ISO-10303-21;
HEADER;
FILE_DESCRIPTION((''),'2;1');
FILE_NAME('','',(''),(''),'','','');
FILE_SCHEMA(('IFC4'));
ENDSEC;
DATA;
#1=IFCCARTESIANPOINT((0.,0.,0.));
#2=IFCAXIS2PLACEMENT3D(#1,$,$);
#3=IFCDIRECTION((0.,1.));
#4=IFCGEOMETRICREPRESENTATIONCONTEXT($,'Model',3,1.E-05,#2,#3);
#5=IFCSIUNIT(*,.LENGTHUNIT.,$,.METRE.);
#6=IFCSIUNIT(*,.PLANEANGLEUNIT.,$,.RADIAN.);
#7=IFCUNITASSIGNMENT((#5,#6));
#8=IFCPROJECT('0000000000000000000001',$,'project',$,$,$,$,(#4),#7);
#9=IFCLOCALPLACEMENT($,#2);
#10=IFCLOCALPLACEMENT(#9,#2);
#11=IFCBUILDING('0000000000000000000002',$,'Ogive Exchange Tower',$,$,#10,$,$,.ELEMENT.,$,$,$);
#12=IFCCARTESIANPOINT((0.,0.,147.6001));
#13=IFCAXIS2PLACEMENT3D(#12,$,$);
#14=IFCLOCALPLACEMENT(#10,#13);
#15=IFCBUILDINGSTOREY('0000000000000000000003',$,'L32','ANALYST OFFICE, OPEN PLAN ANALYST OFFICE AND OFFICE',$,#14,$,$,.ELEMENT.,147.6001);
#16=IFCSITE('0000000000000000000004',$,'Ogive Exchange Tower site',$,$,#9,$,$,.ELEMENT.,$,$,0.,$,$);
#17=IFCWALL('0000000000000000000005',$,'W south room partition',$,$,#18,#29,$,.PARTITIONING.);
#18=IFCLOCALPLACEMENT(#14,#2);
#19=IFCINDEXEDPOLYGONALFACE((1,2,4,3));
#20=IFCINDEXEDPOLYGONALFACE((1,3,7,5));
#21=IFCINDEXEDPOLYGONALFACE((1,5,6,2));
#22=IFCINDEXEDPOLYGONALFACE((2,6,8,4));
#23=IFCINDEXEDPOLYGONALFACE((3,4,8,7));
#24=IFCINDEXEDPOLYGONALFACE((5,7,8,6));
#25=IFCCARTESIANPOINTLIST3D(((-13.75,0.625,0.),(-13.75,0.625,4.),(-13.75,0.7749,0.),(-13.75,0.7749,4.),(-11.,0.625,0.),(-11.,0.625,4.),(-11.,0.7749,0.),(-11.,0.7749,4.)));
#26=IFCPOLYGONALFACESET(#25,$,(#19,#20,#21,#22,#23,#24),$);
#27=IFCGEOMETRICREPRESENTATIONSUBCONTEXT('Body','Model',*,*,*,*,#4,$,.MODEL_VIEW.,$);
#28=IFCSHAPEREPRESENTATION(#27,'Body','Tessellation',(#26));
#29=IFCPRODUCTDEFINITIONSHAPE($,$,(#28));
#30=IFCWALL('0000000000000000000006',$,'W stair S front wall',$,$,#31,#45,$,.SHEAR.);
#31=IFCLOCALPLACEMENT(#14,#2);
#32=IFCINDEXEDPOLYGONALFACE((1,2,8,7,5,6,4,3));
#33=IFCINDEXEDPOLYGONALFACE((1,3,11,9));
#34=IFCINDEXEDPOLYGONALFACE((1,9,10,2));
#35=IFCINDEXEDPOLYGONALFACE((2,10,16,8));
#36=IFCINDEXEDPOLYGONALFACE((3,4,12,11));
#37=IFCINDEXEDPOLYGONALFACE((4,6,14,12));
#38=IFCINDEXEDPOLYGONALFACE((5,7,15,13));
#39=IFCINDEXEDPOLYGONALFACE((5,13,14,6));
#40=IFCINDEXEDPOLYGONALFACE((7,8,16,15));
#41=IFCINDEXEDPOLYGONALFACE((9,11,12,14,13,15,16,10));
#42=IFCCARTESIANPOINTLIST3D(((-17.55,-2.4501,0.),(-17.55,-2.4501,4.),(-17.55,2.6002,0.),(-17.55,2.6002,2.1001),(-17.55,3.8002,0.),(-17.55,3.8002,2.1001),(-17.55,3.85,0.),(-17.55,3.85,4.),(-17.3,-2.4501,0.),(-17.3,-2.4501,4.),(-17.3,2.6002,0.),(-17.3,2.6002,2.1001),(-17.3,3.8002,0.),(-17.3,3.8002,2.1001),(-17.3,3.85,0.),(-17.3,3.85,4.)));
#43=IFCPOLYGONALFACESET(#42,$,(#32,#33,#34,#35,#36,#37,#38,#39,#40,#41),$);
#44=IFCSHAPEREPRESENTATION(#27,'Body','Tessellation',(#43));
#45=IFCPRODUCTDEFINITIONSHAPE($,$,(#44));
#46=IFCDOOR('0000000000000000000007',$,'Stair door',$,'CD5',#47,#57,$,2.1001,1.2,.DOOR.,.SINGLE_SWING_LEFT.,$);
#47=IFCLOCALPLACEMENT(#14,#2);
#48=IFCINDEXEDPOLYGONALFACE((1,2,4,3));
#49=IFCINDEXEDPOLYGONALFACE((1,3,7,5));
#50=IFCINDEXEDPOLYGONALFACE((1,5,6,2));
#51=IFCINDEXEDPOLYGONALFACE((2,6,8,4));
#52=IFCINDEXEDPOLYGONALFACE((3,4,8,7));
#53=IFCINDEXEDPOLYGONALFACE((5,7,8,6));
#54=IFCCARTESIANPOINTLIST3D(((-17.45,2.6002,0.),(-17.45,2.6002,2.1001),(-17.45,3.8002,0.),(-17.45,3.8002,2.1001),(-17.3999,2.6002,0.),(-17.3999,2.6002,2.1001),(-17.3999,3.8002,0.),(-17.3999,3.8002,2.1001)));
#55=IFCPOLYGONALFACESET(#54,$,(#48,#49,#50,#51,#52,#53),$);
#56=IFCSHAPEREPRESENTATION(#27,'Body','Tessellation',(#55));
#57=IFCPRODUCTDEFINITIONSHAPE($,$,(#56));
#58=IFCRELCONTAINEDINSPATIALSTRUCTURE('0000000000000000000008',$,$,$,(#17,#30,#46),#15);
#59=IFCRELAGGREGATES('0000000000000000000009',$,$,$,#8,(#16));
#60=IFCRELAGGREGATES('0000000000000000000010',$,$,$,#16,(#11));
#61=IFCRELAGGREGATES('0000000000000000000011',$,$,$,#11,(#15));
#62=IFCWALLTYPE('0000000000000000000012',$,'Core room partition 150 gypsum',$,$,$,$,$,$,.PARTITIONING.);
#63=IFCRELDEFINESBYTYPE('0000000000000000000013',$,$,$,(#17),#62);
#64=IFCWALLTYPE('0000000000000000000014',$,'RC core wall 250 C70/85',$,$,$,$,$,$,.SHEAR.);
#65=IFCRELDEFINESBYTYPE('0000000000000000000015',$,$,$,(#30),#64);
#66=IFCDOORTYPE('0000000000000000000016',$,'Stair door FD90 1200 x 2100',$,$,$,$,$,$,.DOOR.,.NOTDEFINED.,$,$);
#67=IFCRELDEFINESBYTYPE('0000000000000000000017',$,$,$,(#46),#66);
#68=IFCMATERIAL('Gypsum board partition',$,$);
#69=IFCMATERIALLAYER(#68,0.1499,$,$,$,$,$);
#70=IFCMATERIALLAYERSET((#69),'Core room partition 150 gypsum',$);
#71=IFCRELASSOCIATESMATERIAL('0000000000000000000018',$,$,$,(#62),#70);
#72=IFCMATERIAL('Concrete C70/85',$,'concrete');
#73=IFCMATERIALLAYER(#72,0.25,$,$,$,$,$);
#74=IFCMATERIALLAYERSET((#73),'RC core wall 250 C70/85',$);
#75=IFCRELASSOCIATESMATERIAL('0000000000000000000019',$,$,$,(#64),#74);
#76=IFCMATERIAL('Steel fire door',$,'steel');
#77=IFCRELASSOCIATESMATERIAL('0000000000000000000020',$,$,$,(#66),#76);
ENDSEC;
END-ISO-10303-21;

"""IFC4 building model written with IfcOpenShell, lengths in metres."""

from ifc_helpers import new_model, si_unit, direction, frame, frame_2d, origin, place, context, subcontext, project, spatial, rectangle, extrude, material, layer, layer_set, type_object, element, fill, save


model = new_model("IFC4")

# Units and contexts
model_context = context("Model", 3, precision=1e-05, world=origin(), true_north=direction((0.0, 1.0)))
body_context = subcontext(model_context, "Body", "Model", "MODEL_VIEW")
ifc_project = project(units=[si_unit("LENGTHUNIT", "METRE"), si_unit("PLANEANGLEUNIT", "RADIAN")], contexts=[model_context])

# Site, building, storey
site_placement = place(None, origin())
site = spatial("IfcSite", under=ifc_project, at=site_placement, Name="Ogive Exchange Tower site", CompositionType="ELEMENT", RefElevation=0.0)
building_placement = place(site_placement, origin())
building = spatial("IfcBuilding", under=site, at=building_placement, Name="Ogive Exchange Tower", CompositionType="ELEMENT")
storey_placement = place(building_placement, frame((0.0, 0.0, 147.6001)))
storey = spatial("IfcBuildingStorey", under=building, at=storey_placement, Name="L32", Description="ANALYST OFFICE, OPEN PLAN ANALYST OFFICE AND OFFICE", CompositionType="ELEMENT", Elevation=147.6001)

# Wall
ifc_material_1 = material(Name="Gypsum board partition")
ifc_layer_1 = layer(ifc_material_1, 0.1499)
ifc_layer_set_1 = layer_set([ifc_layer_1], Name="Core room partition 150 gypsum")
wall_type_1 = type_object("IfcWallType", Name="Core room partition 150 gypsum", PredefinedType="PARTITIONING", material=ifc_layer_set_1)
wall_1_placement = place(storey_placement, frame((-13.75, 0.7, 0.0), z_axis=(0.0, 0.0, 1.0), x_axis=(1.0, 0.0, 0.0)))
element("IfcWall", 1, at=wall_1_placement, inside=storey, type_object=wall_type_1, Name="W south room partition", PredefinedType="PARTITIONING", context=body_context, shape_type="SweptSolid", body=[
    extrude(rectangle(XDim=2.75, YDim=0.1499, at=frame_2d((1.375, 0.0))), origin(), (0.0, 0.0, 1.0), 4.0),
])

# Wall, opening, door
ifc_material_2 = material(Name="Concrete C70/85", Category="concrete")
ifc_layer_2 = layer(ifc_material_2, 0.25)
ifc_layer_set_2 = layer_set([ifc_layer_2], Name="RC core wall 250 C70/85")
wall_type_2 = type_object("IfcWallType", Name="RC core wall 250 C70/85", PredefinedType="SHEAR", material=ifc_layer_set_2)
wall_2_placement = place(storey_placement, frame((-17.425, -2.45, 0.0), z_axis=(0.0, 0.0, 1.0), x_axis=(0.0, 1.0, 0.0)))
wall_2 = element("IfcWall", 2, at=wall_2_placement, inside=storey, type_object=wall_type_2, Name="W stair S front wall", PredefinedType="SHEAR", context=body_context, shape_type="SweptSolid", body=[
    extrude(rectangle(XDim=6.3, YDim=0.25, at=frame_2d((3.1499, 0.0))), origin(), (0.0, 0.0, 1.0), 4.0),
])
opening_1_placement = place(wall_2_placement, frame((5.05, 0.0, 0.0)))
opening_1 = element("IfcOpeningElement", 3, at=opening_1_placement, cuts=wall_2, PredefinedType="OPENING", context=body_context, shape_type="SweptSolid", body=[
    extrude(rectangle(XDim=1.2, YDim=2.1001, at=frame_2d((0.6001, 1.05))), frame((0.0, 0.135, 0.0), z_axis=(0.0, -1.0, 0.0), x_axis=(1.0, 0.0, 0.0)), (0.0, 0.0, 1.0), 0.27),
])
ifc_material_3 = material(Name="Steel fire door", Category="steel")
door_type_1 = type_object("IfcDoorType", Name="Stair door FD90 1200 x 2100", OperationType="NOTDEFINED", PredefinedType="DOOR", material=ifc_material_3)
door_1_placement = place(opening_1_placement, origin())
door_1 = element("IfcDoor", 4, at=door_1_placement, inside=storey, type_object=door_type_1, Name="Stair door", ObjectType="CD5", OperationType="SINGLE_SWING_LEFT", OverallHeight=2.1001, OverallWidth=1.2, PredefinedType="DOOR", context=body_context, shape_type="SweptSolid", body=[
    extrude(rectangle(XDim=1.2, YDim=2.1001, at=frame_2d((0.6001, 1.05))), frame((0.0, 0.0249, 0.0), z_axis=(0.0, -1.0, 0.0), x_axis=(1.0, 0.0, 0.0)), (0.0, 0.0, 1.0), 0.05),
])
fill(opening_1, door_1)

save(model, "model.ifc")
